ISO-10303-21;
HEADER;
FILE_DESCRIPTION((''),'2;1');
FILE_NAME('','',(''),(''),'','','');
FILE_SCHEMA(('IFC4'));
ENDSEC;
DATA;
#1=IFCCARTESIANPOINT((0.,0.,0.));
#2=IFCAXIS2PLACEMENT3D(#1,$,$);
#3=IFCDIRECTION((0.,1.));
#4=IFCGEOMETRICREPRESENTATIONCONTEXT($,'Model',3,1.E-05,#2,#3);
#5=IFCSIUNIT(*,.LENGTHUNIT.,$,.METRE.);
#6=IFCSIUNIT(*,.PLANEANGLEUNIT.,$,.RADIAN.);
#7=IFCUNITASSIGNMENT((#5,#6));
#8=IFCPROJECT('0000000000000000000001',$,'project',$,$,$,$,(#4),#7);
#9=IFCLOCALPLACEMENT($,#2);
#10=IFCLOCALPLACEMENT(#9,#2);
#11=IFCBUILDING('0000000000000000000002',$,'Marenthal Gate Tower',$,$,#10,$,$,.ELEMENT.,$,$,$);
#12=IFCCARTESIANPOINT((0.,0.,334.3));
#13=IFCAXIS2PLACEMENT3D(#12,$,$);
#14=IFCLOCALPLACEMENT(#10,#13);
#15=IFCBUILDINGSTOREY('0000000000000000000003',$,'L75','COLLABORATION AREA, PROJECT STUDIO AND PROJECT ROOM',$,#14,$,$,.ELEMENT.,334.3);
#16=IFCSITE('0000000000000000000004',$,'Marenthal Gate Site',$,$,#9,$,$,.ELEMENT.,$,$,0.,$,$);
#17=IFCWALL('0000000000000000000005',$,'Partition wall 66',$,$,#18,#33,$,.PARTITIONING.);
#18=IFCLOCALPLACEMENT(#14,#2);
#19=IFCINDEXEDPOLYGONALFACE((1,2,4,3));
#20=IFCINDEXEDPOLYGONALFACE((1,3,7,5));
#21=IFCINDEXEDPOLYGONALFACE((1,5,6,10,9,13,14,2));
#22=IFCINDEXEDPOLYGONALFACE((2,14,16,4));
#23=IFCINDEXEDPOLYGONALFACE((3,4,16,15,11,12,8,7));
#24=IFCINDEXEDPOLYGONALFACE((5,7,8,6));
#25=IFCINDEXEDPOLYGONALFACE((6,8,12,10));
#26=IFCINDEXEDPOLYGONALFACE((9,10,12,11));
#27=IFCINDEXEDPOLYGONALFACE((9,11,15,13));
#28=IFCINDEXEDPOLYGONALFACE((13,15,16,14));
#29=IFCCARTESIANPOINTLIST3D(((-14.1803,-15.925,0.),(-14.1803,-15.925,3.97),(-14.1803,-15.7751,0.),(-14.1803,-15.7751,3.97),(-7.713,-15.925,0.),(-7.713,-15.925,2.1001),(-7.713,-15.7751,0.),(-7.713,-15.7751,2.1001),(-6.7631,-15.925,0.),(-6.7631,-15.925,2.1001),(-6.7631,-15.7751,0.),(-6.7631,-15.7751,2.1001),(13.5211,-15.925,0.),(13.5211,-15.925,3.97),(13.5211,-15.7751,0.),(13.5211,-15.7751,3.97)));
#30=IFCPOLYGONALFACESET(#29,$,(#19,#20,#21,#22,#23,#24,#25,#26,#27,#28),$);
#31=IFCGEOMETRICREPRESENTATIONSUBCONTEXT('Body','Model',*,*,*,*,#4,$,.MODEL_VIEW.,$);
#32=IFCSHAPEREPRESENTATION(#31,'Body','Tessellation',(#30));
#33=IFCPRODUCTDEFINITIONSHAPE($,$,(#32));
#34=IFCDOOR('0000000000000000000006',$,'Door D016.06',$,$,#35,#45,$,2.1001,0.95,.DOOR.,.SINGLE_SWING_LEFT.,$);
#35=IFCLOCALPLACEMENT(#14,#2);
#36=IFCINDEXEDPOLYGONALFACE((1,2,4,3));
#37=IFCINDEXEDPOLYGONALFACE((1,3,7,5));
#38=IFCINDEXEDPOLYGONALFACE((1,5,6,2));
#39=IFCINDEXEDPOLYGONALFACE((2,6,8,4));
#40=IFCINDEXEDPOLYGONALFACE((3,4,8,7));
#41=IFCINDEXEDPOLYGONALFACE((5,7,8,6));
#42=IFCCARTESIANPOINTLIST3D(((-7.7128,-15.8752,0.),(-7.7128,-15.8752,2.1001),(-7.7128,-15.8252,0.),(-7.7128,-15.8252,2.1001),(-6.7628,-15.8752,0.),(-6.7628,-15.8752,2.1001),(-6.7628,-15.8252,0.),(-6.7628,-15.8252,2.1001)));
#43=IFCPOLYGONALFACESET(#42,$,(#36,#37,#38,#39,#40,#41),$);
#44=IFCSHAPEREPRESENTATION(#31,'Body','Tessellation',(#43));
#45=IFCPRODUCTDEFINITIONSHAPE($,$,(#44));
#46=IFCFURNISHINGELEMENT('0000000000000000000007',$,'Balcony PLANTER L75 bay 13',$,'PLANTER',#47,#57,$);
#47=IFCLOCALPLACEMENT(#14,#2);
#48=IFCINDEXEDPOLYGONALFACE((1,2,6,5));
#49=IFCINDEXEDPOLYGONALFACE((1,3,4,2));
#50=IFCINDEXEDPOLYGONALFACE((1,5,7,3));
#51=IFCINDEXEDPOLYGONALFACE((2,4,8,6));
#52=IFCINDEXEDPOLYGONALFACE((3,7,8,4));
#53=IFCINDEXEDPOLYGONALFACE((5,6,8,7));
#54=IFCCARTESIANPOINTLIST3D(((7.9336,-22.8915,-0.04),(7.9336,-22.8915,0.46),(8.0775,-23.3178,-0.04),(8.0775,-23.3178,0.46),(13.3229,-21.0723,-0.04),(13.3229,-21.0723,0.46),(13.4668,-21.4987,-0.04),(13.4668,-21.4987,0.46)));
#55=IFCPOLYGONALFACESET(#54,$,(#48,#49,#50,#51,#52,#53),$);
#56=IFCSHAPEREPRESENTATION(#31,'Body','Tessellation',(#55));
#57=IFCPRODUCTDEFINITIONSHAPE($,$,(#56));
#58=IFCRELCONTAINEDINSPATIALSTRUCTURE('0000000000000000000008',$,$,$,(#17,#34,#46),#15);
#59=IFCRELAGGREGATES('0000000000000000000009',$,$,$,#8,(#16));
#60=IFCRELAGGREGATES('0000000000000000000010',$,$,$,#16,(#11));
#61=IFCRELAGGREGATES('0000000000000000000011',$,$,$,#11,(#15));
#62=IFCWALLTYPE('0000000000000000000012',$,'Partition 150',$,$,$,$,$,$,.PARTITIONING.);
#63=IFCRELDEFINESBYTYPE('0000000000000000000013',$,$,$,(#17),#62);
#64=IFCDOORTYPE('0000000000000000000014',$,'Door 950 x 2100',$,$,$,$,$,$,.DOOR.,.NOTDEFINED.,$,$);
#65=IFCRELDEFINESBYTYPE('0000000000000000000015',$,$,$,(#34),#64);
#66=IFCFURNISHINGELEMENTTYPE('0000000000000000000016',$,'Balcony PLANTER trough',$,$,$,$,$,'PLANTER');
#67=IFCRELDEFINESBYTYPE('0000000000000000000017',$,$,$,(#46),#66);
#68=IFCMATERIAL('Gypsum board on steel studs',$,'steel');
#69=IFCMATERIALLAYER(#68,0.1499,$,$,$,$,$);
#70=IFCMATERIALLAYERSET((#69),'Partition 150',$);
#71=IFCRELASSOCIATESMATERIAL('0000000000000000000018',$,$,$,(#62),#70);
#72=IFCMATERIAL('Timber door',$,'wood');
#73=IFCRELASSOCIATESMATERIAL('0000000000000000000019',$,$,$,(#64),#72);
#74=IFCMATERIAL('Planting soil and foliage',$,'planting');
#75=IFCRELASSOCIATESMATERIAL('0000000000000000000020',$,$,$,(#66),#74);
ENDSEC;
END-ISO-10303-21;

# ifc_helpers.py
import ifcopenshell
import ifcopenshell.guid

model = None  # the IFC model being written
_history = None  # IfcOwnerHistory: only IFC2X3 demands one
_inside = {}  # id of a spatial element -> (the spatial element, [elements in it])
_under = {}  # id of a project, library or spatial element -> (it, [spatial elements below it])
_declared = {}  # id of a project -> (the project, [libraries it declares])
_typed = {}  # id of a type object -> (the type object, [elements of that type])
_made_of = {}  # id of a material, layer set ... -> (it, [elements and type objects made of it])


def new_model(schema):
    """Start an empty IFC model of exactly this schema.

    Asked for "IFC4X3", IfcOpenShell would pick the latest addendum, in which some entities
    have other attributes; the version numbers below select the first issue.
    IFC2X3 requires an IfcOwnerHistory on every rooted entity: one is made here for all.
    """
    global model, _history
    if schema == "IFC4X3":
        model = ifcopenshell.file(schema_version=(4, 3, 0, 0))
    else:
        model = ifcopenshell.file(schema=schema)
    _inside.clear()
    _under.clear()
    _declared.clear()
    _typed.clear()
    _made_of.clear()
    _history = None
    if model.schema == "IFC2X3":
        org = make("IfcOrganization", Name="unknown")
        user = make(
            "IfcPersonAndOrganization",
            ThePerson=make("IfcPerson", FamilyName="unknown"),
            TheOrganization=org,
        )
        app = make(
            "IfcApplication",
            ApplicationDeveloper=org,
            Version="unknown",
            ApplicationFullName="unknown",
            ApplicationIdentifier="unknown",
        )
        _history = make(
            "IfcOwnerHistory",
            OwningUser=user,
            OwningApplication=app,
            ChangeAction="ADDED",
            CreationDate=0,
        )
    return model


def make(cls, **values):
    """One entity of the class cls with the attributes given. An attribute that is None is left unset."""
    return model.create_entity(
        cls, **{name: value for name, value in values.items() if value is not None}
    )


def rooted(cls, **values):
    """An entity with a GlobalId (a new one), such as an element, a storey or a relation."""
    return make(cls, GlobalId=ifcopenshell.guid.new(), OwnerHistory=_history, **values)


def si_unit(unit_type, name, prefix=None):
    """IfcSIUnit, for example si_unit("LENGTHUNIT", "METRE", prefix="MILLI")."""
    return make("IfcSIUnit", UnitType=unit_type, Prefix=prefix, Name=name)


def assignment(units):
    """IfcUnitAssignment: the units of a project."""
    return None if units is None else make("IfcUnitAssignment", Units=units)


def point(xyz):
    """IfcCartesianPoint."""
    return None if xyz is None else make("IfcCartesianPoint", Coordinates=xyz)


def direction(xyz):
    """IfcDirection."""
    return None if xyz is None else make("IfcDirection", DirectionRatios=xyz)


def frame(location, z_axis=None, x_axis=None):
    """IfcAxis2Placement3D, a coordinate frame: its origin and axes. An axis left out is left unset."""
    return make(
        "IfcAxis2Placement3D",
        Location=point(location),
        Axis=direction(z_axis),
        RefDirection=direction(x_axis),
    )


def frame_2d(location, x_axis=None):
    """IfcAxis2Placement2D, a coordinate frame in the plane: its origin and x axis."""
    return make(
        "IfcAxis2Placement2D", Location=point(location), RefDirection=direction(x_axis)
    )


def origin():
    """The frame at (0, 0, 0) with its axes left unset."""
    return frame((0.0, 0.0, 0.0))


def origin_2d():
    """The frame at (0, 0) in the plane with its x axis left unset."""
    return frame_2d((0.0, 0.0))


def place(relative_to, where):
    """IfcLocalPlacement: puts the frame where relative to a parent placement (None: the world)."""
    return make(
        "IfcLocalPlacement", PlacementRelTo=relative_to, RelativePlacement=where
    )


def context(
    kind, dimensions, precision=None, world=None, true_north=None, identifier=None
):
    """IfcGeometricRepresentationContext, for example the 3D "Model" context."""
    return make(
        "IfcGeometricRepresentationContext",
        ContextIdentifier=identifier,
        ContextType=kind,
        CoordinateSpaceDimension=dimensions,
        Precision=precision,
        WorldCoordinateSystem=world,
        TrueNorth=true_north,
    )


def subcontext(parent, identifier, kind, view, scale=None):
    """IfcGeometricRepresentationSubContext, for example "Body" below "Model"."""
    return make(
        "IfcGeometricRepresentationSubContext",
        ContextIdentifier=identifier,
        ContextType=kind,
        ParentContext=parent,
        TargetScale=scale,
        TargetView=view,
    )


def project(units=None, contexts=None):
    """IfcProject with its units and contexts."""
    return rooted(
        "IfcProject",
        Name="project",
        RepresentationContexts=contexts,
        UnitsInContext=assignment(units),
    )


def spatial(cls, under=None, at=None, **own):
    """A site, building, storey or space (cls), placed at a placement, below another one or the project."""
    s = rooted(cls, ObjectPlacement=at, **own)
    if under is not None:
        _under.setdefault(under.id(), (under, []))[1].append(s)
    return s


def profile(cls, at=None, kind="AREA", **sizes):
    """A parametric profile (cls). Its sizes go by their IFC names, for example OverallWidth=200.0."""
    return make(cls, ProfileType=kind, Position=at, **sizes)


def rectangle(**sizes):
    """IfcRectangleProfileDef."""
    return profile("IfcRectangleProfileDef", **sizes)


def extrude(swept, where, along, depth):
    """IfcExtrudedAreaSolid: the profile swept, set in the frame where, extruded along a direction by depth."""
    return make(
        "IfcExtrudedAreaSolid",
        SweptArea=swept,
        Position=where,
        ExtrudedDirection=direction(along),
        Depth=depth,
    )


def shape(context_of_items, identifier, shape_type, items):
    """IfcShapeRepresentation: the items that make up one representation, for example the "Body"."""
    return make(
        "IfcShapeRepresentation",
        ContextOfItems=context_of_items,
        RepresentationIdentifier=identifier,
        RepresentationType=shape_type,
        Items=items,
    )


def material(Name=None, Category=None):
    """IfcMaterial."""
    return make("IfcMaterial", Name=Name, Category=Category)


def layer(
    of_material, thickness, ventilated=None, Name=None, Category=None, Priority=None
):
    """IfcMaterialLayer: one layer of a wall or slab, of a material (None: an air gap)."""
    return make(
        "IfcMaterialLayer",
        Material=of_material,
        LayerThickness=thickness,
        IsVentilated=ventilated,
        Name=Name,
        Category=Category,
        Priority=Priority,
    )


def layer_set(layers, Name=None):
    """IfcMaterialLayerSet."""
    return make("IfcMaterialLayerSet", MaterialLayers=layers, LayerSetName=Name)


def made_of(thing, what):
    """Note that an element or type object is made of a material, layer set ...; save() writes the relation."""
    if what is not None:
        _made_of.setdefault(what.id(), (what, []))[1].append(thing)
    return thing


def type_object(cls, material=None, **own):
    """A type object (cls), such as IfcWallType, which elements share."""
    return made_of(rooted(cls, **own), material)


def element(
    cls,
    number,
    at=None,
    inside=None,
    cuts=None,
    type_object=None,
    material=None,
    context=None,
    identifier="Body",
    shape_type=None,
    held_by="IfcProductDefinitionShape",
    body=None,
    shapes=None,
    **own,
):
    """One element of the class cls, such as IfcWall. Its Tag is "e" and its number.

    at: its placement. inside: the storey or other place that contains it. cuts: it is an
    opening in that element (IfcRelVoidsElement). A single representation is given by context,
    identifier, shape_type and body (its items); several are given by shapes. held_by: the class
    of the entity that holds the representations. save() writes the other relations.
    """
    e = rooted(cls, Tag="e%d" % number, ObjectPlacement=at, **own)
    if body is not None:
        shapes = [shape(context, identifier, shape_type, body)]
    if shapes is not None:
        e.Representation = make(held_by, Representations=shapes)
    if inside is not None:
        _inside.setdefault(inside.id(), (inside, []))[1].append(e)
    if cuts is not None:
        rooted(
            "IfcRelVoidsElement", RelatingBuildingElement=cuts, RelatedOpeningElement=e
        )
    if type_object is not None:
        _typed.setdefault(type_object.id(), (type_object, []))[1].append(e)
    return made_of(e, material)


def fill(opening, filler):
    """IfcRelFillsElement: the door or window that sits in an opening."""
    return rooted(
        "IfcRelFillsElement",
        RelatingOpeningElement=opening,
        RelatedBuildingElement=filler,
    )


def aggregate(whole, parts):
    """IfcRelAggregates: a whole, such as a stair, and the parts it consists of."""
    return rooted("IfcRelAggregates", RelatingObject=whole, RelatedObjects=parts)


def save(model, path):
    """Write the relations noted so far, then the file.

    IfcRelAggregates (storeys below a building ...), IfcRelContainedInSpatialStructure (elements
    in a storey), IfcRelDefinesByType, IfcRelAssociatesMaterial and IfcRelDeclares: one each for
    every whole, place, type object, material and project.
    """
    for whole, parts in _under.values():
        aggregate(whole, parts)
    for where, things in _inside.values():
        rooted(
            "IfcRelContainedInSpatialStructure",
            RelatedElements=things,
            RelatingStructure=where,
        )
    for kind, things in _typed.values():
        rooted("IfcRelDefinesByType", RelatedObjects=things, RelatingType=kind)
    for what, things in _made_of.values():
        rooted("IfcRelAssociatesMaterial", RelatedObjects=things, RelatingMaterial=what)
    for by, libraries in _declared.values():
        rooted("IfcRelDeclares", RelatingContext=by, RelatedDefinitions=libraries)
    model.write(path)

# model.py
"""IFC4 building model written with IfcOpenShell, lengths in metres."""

from ifc_helpers import new_model, si_unit, direction, frame, frame_2d, origin, origin_2d, place, context, subcontext, project, spatial, rectangle, extrude, material, layer, layer_set, type_object, element, fill, save


model = new_model("IFC4")

# Units and contexts
model_context = context("Model", 3, precision=1e-05, world=origin(), true_north=direction((0.0, 1.0)))
body_context = subcontext(model_context, "Body", "Model", "MODEL_VIEW")
ifc_project = project(units=[si_unit("LENGTHUNIT", "METRE"), si_unit("PLANEANGLEUNIT", "RADIAN")], contexts=[model_context])

# Site, building, storey
site_placement = place(None, origin())
site = spatial("IfcSite", under=ifc_project, at=site_placement, Name="Marenthal Gate Site", CompositionType="ELEMENT", RefElevation=0.0)
building_placement = place(site_placement, origin())
building = spatial("IfcBuilding", under=site, at=building_placement, Name="Marenthal Gate Tower", CompositionType="ELEMENT")
storey_placement = place(building_placement, frame((0.0, 0.0, 334.3)))
storey = spatial("IfcBuildingStorey", under=building, at=storey_placement, Name="L75", Description="COLLABORATION AREA, PROJECT STUDIO AND PROJECT ROOM", CompositionType="ELEMENT", Elevation=334.3)

# Shared definitions
ifc_material_1 = material(Name="Gypsum board on steel studs", Category="steel")
ifc_layer_1 = layer(ifc_material_1, 0.1499)
ifc_layer_set_1 = layer_set([ifc_layer_1], Name="Partition 150")
wall_type_1 = type_object("IfcWallType", Name="Partition 150", PredefinedType="PARTITIONING", material=ifc_layer_set_1)

# Wall, opening, door
wall_1_placement = place(storey_placement, frame((13.521, -15.8501, 0.0), z_axis=(0.0, 0.0, 1.0), x_axis=(-1.0, 0.0, 0.0)))
wall_1 = element("IfcWall", 1, at=wall_1_placement, inside=storey, type_object=wall_type_1, Name="Partition wall 66", PredefinedType="PARTITIONING", context=body_context, shape_type="SweptSolid", body=[
    extrude(rectangle(XDim=27.7014, YDim=0.1499, at=frame_2d((13.8506, 0.0))), origin(), (0.0, 0.0, 1.0), 3.97),
])
opening_1_placement = place(wall_1_placement, frame((20.2839, 0.0, 0.0)))
opening_1 = element("IfcOpeningElement", 2, at=opening_1_placement, cuts=wall_1, PredefinedType="OPENING", context=body_context, shape_type="SweptSolid", body=[
    extrude(rectangle(XDim=0.95, YDim=2.1001, at=frame_2d((0.4751, 1.05))), frame((0.0, 0.085, 0.0), z_axis=(0.0, -1.0, 0.0), x_axis=(1.0, 0.0, 0.0)), (0.0, 0.0, 1.0), 0.1699),
])
ifc_material_2 = material(Name="Timber door", Category="wood")
door_type_1 = type_object("IfcDoorType", Name="Door 950 x 2100", OperationType="NOTDEFINED", PredefinedType="DOOR", material=ifc_material_2)
door_1_placement = place(opening_1_placement, frame((0.95, 0.0, 0.0), z_axis=(0.0, 0.0, 1.0), x_axis=(-1.0, 0.0, 0.0)))
door_1 = element("IfcDoor", 3, at=door_1_placement, inside=storey, type_object=door_type_1, Name="Door D016.06", OperationType="SINGLE_SWING_LEFT", OverallHeight=2.1001, OverallWidth=0.95, PredefinedType="DOOR", context=body_context, shape_type="SweptSolid", body=[
    extrude(rectangle(XDim=0.95, YDim=2.1001, at=frame_2d((0.4751, 1.05))), frame((0.0, 0.0249, 0.0), z_axis=(0.0, -1.0, 0.0), x_axis=(1.0, 0.0, 0.0)), (0.0, 0.0, 1.0), 0.05),
])
fill(opening_1, door_1)

# Furnishing element
ifc_material_3 = material(Name="Planting soil and foliage", Category="planting")
furnishing_element_type = type_object("IfcFurnishingElementType", Name="Balcony PLANTER trough", ElementType="PLANTER", material=ifc_material_3)
furnishing_placement = place(storey_placement, frame((10.7002, -22.1951, -0.04), z_axis=(0.0, 0.0, 1.0), x_axis=(0.947479, 0.319818, 0.0)))
element("IfcFurnishingElement", 4, at=furnishing_placement, inside=storey, type_object=furnishing_element_type, Name="Balcony PLANTER L75 bay 13", ObjectType="PLANTER", context=body_context, shape_type="SweptSolid", body=[
    extrude(rectangle(XDim=5.688, YDim=0.45, at=origin_2d()), origin(), (0.0, 0.0, 1.0), 0.5),
])

save(model, "model.ifc")
